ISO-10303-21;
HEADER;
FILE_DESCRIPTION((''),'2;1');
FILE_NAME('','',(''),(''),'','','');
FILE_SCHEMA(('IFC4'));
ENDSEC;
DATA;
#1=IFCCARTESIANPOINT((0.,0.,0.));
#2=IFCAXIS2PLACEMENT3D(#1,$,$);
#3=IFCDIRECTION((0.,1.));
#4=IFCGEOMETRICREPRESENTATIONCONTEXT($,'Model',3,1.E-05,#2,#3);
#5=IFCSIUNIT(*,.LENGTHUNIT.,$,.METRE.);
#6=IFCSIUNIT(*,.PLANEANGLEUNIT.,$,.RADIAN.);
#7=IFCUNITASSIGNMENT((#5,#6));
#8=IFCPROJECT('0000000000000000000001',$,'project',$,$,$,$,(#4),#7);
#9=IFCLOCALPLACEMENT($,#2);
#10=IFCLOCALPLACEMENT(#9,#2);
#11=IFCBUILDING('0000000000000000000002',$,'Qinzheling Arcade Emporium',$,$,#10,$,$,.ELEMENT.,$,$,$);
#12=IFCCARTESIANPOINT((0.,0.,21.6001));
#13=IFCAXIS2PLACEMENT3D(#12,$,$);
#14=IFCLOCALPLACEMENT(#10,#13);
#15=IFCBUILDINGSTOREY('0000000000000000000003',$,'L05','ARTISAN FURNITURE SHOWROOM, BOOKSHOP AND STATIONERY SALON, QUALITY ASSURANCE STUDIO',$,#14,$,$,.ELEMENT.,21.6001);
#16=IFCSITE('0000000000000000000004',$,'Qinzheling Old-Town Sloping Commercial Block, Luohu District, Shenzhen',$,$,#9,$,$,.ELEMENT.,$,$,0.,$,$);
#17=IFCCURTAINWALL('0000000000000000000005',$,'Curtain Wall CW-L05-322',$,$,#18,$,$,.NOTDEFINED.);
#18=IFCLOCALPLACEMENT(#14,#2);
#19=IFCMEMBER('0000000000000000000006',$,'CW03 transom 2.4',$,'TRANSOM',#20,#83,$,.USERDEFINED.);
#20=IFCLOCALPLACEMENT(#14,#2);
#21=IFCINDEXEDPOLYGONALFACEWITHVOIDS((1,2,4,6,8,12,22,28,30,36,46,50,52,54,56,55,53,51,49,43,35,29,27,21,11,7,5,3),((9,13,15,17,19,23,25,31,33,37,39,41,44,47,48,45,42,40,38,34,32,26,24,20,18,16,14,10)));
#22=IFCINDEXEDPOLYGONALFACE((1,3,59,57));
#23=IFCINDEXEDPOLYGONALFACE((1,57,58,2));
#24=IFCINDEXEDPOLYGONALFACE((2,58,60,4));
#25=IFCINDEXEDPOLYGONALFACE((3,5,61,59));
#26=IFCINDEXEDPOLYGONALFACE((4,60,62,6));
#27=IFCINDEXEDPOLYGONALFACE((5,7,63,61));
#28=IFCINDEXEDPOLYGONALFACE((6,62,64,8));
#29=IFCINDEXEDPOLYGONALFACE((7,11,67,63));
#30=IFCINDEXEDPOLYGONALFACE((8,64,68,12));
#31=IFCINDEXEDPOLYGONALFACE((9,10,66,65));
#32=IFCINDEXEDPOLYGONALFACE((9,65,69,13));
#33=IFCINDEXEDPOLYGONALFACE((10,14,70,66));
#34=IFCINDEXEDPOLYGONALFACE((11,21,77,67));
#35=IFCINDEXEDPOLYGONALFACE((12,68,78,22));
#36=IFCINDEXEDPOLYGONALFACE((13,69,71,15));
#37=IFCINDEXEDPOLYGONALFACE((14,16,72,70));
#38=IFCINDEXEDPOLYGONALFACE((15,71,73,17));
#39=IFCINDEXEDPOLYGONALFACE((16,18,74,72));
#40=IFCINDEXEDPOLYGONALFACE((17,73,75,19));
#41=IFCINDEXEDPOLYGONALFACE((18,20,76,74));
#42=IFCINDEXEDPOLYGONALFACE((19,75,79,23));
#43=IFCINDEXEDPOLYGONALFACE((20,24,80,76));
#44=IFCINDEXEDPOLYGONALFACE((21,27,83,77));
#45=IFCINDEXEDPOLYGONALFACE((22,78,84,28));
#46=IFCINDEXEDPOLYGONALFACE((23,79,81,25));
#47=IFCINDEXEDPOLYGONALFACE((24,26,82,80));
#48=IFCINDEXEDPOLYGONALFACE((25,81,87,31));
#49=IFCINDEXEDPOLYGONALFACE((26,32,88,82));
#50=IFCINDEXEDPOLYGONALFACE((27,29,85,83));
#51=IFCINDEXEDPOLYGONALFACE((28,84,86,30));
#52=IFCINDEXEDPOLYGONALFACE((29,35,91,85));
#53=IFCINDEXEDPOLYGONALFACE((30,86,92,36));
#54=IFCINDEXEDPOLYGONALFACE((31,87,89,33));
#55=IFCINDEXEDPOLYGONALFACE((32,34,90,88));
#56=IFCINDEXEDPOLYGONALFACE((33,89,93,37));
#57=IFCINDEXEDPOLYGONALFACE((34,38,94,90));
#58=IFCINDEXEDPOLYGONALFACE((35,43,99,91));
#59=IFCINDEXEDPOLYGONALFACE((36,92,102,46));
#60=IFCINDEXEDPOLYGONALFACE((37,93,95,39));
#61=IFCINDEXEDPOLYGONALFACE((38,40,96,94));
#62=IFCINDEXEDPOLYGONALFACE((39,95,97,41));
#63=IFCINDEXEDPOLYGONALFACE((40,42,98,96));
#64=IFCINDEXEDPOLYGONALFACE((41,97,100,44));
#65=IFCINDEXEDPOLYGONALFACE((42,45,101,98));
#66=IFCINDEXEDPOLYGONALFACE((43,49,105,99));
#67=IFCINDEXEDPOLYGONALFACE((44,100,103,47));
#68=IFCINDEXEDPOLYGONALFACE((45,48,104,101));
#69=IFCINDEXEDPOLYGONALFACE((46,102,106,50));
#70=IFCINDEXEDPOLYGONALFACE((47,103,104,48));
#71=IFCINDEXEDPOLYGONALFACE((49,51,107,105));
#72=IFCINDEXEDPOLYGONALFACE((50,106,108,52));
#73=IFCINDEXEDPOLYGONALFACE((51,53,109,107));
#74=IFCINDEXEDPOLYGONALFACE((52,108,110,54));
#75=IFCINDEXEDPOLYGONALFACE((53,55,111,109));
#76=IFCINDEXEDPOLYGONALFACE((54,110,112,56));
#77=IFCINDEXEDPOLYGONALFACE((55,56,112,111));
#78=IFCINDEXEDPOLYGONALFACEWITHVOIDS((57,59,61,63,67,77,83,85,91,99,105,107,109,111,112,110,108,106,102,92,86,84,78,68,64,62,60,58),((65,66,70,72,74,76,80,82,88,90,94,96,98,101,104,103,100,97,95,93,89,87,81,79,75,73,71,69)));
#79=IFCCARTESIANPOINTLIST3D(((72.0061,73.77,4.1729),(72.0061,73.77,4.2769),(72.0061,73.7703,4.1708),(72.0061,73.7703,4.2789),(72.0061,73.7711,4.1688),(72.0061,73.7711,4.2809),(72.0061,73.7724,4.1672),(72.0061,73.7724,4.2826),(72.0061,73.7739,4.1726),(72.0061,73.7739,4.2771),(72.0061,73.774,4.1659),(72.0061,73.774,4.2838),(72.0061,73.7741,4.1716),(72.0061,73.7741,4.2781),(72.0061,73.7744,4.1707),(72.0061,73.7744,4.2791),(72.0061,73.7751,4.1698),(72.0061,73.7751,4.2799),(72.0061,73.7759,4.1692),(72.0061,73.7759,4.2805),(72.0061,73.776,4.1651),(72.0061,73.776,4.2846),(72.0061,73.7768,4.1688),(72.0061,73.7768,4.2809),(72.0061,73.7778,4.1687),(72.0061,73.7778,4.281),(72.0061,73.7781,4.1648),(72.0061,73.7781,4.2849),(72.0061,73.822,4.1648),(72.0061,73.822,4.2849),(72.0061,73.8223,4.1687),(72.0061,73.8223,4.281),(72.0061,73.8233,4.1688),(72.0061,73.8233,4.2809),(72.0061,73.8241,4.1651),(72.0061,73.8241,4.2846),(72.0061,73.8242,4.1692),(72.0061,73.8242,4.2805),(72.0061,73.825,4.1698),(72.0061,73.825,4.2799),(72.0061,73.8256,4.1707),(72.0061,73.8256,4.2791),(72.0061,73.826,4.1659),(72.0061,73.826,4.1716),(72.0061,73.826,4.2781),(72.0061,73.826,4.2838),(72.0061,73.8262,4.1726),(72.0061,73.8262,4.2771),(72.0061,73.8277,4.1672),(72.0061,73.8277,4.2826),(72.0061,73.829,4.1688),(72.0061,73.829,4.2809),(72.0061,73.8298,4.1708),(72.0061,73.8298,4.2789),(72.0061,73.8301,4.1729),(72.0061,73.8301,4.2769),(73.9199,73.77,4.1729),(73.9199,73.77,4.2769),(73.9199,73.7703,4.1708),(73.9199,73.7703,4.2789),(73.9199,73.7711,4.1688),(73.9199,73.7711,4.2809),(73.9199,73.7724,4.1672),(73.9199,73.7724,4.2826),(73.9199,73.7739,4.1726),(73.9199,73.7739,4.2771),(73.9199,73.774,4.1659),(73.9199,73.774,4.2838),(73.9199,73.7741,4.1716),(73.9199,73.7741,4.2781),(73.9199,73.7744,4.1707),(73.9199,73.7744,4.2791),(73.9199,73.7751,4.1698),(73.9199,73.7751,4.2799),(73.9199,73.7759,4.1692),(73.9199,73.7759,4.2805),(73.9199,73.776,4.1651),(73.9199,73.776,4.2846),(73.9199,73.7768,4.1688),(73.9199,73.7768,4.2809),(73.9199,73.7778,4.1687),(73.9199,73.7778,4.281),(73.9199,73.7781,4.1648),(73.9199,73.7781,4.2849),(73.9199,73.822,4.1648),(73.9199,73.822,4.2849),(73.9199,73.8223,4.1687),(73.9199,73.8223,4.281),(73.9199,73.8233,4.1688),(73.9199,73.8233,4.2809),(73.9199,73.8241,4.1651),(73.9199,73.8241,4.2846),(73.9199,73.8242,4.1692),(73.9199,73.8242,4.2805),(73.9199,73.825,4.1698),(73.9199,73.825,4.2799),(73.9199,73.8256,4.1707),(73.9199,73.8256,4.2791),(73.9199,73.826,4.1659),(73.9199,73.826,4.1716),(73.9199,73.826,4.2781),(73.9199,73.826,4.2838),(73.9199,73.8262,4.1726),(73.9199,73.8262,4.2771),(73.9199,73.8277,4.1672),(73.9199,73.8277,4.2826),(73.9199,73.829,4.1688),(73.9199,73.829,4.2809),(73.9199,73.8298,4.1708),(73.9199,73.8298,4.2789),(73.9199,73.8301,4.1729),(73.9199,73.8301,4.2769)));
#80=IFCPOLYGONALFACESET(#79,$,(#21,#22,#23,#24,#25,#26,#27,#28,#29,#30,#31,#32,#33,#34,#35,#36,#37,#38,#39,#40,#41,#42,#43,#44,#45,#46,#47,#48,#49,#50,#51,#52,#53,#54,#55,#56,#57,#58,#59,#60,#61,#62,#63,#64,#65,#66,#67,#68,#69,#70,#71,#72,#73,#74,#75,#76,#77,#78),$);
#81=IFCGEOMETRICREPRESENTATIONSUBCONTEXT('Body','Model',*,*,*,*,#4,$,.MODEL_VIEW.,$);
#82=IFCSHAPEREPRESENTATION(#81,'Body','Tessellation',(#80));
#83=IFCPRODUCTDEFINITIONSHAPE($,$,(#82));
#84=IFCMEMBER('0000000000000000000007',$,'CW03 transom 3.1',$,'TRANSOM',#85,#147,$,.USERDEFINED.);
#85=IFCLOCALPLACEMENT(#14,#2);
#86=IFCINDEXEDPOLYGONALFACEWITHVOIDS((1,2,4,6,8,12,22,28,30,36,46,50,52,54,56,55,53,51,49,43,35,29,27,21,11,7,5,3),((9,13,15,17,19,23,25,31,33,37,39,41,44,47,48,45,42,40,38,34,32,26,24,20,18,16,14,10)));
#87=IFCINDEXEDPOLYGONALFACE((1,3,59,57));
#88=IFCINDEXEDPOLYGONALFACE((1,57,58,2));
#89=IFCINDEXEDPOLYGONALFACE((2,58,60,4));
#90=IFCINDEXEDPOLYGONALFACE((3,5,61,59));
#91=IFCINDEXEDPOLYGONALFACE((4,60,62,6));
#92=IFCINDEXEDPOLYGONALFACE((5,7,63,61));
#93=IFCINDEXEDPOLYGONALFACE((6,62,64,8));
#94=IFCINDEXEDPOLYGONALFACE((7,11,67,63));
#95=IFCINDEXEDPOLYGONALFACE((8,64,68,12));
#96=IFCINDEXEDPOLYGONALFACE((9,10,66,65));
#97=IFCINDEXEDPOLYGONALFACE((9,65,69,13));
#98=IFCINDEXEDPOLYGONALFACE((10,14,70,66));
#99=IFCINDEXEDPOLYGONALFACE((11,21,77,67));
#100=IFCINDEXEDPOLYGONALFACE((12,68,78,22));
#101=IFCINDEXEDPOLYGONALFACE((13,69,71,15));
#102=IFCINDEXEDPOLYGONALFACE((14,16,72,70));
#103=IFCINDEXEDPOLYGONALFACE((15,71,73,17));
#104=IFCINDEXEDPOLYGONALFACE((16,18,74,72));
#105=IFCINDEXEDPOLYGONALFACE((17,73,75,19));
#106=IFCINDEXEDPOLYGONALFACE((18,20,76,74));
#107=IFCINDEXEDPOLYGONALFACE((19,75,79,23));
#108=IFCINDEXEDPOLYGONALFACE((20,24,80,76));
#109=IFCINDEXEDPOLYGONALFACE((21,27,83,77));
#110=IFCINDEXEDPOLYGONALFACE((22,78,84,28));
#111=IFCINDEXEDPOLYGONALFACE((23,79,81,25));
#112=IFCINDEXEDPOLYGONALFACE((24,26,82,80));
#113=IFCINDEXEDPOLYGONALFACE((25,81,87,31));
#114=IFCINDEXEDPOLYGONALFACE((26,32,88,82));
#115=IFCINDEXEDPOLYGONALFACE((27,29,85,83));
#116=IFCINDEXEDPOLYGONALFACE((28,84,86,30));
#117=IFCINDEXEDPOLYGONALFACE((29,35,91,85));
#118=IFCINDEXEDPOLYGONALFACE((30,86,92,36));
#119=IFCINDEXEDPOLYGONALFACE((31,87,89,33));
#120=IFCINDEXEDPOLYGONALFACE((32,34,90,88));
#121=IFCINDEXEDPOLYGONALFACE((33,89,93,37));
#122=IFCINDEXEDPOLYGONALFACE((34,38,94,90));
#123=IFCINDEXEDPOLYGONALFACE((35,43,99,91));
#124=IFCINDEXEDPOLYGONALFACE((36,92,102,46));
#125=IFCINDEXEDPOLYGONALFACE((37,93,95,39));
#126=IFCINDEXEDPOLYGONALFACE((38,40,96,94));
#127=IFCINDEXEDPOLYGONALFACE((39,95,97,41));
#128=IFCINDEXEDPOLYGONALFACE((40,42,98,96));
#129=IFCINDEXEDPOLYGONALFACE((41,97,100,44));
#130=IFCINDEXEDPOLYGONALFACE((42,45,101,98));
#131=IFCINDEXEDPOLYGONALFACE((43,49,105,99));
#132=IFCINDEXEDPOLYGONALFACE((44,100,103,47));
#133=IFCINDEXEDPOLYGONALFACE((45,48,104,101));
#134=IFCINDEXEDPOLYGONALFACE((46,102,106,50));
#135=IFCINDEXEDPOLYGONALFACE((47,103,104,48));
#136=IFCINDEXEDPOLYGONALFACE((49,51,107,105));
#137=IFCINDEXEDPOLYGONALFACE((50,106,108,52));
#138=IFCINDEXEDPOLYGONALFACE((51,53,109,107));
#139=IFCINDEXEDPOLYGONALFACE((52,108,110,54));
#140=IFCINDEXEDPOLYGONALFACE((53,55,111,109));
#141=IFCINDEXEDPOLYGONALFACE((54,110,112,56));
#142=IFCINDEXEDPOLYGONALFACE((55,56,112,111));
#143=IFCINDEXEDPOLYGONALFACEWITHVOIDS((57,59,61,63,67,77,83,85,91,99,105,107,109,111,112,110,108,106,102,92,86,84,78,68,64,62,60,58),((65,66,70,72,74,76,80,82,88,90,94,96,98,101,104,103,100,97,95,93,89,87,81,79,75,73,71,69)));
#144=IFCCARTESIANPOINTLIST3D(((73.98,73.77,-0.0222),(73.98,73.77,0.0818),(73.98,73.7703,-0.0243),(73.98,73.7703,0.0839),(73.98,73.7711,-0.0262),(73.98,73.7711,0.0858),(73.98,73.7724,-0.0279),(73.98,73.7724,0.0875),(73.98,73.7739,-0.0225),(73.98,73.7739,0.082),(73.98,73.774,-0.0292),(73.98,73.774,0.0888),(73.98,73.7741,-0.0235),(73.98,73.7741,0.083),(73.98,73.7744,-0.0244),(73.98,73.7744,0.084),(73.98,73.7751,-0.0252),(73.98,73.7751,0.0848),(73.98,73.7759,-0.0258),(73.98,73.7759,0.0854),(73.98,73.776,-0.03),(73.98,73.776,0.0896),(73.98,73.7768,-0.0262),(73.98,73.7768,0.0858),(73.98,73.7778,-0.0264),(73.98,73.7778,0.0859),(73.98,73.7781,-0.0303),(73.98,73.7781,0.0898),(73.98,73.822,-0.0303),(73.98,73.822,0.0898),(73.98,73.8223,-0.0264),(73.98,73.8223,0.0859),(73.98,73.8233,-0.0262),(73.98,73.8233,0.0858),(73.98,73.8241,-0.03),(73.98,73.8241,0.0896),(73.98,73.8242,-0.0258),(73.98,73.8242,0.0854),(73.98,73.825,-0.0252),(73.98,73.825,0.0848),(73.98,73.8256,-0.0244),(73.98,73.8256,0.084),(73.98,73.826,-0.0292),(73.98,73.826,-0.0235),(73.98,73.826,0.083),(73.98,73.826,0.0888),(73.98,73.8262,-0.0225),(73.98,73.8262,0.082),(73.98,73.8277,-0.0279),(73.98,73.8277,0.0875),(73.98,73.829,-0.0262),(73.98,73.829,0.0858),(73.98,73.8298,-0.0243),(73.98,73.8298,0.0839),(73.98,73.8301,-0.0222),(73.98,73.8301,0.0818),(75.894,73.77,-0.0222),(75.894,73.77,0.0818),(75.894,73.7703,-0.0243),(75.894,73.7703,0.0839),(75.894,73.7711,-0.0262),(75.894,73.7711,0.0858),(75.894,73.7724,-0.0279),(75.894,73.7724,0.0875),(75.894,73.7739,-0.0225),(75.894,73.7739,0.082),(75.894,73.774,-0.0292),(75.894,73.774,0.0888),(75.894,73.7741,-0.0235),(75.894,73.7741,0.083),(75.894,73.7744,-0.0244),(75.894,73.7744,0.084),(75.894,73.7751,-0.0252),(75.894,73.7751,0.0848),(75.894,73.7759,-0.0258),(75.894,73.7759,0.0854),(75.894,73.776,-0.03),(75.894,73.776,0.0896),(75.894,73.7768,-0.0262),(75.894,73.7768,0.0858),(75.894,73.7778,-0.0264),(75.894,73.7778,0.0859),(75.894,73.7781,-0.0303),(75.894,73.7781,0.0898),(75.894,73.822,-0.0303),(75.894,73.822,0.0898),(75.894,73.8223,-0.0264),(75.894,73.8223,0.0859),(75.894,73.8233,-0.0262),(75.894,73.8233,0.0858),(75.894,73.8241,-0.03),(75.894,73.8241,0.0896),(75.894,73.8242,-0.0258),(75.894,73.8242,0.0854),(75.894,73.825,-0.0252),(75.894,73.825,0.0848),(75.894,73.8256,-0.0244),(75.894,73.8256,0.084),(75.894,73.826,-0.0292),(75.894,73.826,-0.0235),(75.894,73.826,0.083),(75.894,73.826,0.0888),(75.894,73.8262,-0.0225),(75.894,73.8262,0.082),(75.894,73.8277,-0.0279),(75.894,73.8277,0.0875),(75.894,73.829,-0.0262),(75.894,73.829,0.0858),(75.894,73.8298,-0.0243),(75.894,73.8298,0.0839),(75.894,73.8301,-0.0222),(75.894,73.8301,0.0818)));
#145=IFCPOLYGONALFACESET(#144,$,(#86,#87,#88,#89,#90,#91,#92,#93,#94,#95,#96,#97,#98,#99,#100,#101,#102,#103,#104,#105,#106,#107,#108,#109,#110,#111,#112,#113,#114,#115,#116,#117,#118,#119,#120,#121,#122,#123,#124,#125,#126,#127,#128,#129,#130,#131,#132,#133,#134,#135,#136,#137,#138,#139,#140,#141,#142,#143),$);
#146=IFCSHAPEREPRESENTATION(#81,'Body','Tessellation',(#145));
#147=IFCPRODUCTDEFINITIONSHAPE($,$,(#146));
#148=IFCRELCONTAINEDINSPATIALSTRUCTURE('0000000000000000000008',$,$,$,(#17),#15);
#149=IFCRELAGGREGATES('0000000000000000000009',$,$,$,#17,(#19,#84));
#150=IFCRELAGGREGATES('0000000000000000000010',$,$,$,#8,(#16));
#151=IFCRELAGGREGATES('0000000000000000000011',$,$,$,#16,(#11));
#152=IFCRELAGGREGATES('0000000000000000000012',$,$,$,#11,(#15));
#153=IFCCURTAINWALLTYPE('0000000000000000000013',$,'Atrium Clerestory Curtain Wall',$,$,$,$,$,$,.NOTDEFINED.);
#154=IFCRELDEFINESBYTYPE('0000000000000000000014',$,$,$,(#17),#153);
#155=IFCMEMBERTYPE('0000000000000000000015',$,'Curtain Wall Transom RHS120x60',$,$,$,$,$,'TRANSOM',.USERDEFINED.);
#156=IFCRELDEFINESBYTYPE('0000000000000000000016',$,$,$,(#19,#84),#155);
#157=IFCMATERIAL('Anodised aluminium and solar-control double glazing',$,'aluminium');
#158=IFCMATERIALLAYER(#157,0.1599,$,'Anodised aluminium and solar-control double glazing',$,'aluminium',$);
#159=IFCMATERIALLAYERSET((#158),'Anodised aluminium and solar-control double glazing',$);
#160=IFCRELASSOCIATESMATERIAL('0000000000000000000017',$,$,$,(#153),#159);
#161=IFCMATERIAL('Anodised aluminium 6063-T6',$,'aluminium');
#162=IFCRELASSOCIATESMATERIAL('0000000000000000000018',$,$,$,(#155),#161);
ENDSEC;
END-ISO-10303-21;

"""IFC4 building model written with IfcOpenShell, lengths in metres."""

from ifc_helpers import new_model, si_unit, direction, frame, origin, origin_2d, place, context, subcontext, project, spatial, hollow_rectangle, extrude, material, layer, layer_set, material_profile, profile_set, type_object, element, aggregate, save


model = new_model("IFC4")

# Units and contexts
model_context = context("Model", 3, precision=1e-05, world=origin(), true_north=direction((0.0, 1.0)))
body_context = subcontext(model_context, "Body", "Model", "MODEL_VIEW")
ifc_project = project(units=[si_unit("LENGTHUNIT", "METRE"), si_unit("PLANEANGLEUNIT", "RADIAN")], contexts=[model_context])

# Site, building, storey
site_placement = place(None, origin())
site = spatial("IfcSite", under=ifc_project, at=site_placement, Name="Qinzheling Old-Town Sloping Commercial Block, Luohu District, Shenzhen", CompositionType="ELEMENT", RefElevation=0.0)
building_placement = place(site_placement, origin())
building = spatial("IfcBuilding", under=site, at=building_placement, Name="Qinzheling Arcade Emporium", CompositionType="ELEMENT")
storey_placement = place(building_placement, frame((0.0, 0.0, 21.6001)))
storey = spatial("IfcBuildingStorey", under=building, at=storey_placement, Name="L05", Description="ARTISAN FURNITURE SHOWROOM, BOOKSHOP AND STATIONERY SALON, QUALITY ASSURANCE STUDIO", CompositionType="ELEMENT", Elevation=21.6001)

# Shared definitions
ifc_material_1 = material(Name="Anodised aluminium and solar-control double glazing", Category="aluminium")
ifc_layer_1 = layer(ifc_material_1, 0.1599, Name="Anodised aluminium and solar-control double glazing", Category="aluminium")
ifc_layer_set_1 = layer_set([ifc_layer_1], Name="Anodised aluminium and solar-control double glazing")
curtain_wall_type = type_object("IfcCurtainWallType", Name="Atrium Clerestory Curtain Wall", PredefinedType="NOTDEFINED", material=ifc_layer_set_1)
ifc_material_2 = material(Name="Anodised aluminium 6063-T6", Category="aluminium")

# Curtain wall
curtain_wall_1_placement = place(storey_placement, origin())
curtain_wall_1 = element("IfcCurtainWall", 1, at=curtain_wall_1_placement, inside=storey, type_object=curtain_wall_type, Name="Curtain Wall CW-L05-322", PredefinedType="NOTDEFINED")

# Members
ifc_material_profile_1 = material_profile(ifc_material_2, hollow_rectangle(XDim=0.0601, YDim=0.1201, WallThickness=0.0039, InnerFilletRadius=0.0039, OuterFilletRadius=0.0081, at=origin_2d()), Name="RHS 120x60x4", Category="aluminium")
ifc_profile_set_1 = profile_set([ifc_material_profile_1], Name="Anodised aluminium 6063-T6")
member_type_1 = type_object("IfcMemberType", Name="Curtain Wall Transom RHS120x60", ElementType="TRANSOM", PredefinedType="USERDEFINED", material=ifc_profile_set_1)
member_1_placement = place(storey_placement, frame((72.0061, 73.8, 4.2249), z_axis=(1.0, 0.0, 0.0), x_axis=(0.0, 1.0, 0.0)))
member_1 = element("IfcMember", 2, at=member_1_placement, type_object=member_type_1, Name="CW03 transom 2.4", ObjectType="TRANSOM", PredefinedType="USERDEFINED", context=body_context, shape_type="SweptSolid", body=[
    extrude(hollow_rectangle(XDim=0.0601, YDim=0.1201, WallThickness=0.0039, InnerFilletRadius=0.0039, OuterFilletRadius=0.0081, at=origin_2d()), origin(), (0.0, 0.0, 1.0), 1.9138),
])
member_2_placement = place(storey_placement, frame((73.98, 73.8, 0.0298), z_axis=(1.0, 0.0, 0.0), x_axis=(0.0, 1.0, 0.0)))
member_2 = element("IfcMember", 3, at=member_2_placement, type_object=member_type_1, Name="CW03 transom 3.1", ObjectType="TRANSOM", PredefinedType="USERDEFINED", context=body_context, shape_type="SweptSolid", body=[
    extrude(hollow_rectangle(XDim=0.0601, YDim=0.1201, WallThickness=0.0039, InnerFilletRadius=0.0039, OuterFilletRadius=0.0081, at=origin_2d()), origin(), (0.0, 0.0, 1.0), 1.9141),
])

aggregate(curtain_wall_1, [member_1, member_2])

save(model, "model.ifc")
